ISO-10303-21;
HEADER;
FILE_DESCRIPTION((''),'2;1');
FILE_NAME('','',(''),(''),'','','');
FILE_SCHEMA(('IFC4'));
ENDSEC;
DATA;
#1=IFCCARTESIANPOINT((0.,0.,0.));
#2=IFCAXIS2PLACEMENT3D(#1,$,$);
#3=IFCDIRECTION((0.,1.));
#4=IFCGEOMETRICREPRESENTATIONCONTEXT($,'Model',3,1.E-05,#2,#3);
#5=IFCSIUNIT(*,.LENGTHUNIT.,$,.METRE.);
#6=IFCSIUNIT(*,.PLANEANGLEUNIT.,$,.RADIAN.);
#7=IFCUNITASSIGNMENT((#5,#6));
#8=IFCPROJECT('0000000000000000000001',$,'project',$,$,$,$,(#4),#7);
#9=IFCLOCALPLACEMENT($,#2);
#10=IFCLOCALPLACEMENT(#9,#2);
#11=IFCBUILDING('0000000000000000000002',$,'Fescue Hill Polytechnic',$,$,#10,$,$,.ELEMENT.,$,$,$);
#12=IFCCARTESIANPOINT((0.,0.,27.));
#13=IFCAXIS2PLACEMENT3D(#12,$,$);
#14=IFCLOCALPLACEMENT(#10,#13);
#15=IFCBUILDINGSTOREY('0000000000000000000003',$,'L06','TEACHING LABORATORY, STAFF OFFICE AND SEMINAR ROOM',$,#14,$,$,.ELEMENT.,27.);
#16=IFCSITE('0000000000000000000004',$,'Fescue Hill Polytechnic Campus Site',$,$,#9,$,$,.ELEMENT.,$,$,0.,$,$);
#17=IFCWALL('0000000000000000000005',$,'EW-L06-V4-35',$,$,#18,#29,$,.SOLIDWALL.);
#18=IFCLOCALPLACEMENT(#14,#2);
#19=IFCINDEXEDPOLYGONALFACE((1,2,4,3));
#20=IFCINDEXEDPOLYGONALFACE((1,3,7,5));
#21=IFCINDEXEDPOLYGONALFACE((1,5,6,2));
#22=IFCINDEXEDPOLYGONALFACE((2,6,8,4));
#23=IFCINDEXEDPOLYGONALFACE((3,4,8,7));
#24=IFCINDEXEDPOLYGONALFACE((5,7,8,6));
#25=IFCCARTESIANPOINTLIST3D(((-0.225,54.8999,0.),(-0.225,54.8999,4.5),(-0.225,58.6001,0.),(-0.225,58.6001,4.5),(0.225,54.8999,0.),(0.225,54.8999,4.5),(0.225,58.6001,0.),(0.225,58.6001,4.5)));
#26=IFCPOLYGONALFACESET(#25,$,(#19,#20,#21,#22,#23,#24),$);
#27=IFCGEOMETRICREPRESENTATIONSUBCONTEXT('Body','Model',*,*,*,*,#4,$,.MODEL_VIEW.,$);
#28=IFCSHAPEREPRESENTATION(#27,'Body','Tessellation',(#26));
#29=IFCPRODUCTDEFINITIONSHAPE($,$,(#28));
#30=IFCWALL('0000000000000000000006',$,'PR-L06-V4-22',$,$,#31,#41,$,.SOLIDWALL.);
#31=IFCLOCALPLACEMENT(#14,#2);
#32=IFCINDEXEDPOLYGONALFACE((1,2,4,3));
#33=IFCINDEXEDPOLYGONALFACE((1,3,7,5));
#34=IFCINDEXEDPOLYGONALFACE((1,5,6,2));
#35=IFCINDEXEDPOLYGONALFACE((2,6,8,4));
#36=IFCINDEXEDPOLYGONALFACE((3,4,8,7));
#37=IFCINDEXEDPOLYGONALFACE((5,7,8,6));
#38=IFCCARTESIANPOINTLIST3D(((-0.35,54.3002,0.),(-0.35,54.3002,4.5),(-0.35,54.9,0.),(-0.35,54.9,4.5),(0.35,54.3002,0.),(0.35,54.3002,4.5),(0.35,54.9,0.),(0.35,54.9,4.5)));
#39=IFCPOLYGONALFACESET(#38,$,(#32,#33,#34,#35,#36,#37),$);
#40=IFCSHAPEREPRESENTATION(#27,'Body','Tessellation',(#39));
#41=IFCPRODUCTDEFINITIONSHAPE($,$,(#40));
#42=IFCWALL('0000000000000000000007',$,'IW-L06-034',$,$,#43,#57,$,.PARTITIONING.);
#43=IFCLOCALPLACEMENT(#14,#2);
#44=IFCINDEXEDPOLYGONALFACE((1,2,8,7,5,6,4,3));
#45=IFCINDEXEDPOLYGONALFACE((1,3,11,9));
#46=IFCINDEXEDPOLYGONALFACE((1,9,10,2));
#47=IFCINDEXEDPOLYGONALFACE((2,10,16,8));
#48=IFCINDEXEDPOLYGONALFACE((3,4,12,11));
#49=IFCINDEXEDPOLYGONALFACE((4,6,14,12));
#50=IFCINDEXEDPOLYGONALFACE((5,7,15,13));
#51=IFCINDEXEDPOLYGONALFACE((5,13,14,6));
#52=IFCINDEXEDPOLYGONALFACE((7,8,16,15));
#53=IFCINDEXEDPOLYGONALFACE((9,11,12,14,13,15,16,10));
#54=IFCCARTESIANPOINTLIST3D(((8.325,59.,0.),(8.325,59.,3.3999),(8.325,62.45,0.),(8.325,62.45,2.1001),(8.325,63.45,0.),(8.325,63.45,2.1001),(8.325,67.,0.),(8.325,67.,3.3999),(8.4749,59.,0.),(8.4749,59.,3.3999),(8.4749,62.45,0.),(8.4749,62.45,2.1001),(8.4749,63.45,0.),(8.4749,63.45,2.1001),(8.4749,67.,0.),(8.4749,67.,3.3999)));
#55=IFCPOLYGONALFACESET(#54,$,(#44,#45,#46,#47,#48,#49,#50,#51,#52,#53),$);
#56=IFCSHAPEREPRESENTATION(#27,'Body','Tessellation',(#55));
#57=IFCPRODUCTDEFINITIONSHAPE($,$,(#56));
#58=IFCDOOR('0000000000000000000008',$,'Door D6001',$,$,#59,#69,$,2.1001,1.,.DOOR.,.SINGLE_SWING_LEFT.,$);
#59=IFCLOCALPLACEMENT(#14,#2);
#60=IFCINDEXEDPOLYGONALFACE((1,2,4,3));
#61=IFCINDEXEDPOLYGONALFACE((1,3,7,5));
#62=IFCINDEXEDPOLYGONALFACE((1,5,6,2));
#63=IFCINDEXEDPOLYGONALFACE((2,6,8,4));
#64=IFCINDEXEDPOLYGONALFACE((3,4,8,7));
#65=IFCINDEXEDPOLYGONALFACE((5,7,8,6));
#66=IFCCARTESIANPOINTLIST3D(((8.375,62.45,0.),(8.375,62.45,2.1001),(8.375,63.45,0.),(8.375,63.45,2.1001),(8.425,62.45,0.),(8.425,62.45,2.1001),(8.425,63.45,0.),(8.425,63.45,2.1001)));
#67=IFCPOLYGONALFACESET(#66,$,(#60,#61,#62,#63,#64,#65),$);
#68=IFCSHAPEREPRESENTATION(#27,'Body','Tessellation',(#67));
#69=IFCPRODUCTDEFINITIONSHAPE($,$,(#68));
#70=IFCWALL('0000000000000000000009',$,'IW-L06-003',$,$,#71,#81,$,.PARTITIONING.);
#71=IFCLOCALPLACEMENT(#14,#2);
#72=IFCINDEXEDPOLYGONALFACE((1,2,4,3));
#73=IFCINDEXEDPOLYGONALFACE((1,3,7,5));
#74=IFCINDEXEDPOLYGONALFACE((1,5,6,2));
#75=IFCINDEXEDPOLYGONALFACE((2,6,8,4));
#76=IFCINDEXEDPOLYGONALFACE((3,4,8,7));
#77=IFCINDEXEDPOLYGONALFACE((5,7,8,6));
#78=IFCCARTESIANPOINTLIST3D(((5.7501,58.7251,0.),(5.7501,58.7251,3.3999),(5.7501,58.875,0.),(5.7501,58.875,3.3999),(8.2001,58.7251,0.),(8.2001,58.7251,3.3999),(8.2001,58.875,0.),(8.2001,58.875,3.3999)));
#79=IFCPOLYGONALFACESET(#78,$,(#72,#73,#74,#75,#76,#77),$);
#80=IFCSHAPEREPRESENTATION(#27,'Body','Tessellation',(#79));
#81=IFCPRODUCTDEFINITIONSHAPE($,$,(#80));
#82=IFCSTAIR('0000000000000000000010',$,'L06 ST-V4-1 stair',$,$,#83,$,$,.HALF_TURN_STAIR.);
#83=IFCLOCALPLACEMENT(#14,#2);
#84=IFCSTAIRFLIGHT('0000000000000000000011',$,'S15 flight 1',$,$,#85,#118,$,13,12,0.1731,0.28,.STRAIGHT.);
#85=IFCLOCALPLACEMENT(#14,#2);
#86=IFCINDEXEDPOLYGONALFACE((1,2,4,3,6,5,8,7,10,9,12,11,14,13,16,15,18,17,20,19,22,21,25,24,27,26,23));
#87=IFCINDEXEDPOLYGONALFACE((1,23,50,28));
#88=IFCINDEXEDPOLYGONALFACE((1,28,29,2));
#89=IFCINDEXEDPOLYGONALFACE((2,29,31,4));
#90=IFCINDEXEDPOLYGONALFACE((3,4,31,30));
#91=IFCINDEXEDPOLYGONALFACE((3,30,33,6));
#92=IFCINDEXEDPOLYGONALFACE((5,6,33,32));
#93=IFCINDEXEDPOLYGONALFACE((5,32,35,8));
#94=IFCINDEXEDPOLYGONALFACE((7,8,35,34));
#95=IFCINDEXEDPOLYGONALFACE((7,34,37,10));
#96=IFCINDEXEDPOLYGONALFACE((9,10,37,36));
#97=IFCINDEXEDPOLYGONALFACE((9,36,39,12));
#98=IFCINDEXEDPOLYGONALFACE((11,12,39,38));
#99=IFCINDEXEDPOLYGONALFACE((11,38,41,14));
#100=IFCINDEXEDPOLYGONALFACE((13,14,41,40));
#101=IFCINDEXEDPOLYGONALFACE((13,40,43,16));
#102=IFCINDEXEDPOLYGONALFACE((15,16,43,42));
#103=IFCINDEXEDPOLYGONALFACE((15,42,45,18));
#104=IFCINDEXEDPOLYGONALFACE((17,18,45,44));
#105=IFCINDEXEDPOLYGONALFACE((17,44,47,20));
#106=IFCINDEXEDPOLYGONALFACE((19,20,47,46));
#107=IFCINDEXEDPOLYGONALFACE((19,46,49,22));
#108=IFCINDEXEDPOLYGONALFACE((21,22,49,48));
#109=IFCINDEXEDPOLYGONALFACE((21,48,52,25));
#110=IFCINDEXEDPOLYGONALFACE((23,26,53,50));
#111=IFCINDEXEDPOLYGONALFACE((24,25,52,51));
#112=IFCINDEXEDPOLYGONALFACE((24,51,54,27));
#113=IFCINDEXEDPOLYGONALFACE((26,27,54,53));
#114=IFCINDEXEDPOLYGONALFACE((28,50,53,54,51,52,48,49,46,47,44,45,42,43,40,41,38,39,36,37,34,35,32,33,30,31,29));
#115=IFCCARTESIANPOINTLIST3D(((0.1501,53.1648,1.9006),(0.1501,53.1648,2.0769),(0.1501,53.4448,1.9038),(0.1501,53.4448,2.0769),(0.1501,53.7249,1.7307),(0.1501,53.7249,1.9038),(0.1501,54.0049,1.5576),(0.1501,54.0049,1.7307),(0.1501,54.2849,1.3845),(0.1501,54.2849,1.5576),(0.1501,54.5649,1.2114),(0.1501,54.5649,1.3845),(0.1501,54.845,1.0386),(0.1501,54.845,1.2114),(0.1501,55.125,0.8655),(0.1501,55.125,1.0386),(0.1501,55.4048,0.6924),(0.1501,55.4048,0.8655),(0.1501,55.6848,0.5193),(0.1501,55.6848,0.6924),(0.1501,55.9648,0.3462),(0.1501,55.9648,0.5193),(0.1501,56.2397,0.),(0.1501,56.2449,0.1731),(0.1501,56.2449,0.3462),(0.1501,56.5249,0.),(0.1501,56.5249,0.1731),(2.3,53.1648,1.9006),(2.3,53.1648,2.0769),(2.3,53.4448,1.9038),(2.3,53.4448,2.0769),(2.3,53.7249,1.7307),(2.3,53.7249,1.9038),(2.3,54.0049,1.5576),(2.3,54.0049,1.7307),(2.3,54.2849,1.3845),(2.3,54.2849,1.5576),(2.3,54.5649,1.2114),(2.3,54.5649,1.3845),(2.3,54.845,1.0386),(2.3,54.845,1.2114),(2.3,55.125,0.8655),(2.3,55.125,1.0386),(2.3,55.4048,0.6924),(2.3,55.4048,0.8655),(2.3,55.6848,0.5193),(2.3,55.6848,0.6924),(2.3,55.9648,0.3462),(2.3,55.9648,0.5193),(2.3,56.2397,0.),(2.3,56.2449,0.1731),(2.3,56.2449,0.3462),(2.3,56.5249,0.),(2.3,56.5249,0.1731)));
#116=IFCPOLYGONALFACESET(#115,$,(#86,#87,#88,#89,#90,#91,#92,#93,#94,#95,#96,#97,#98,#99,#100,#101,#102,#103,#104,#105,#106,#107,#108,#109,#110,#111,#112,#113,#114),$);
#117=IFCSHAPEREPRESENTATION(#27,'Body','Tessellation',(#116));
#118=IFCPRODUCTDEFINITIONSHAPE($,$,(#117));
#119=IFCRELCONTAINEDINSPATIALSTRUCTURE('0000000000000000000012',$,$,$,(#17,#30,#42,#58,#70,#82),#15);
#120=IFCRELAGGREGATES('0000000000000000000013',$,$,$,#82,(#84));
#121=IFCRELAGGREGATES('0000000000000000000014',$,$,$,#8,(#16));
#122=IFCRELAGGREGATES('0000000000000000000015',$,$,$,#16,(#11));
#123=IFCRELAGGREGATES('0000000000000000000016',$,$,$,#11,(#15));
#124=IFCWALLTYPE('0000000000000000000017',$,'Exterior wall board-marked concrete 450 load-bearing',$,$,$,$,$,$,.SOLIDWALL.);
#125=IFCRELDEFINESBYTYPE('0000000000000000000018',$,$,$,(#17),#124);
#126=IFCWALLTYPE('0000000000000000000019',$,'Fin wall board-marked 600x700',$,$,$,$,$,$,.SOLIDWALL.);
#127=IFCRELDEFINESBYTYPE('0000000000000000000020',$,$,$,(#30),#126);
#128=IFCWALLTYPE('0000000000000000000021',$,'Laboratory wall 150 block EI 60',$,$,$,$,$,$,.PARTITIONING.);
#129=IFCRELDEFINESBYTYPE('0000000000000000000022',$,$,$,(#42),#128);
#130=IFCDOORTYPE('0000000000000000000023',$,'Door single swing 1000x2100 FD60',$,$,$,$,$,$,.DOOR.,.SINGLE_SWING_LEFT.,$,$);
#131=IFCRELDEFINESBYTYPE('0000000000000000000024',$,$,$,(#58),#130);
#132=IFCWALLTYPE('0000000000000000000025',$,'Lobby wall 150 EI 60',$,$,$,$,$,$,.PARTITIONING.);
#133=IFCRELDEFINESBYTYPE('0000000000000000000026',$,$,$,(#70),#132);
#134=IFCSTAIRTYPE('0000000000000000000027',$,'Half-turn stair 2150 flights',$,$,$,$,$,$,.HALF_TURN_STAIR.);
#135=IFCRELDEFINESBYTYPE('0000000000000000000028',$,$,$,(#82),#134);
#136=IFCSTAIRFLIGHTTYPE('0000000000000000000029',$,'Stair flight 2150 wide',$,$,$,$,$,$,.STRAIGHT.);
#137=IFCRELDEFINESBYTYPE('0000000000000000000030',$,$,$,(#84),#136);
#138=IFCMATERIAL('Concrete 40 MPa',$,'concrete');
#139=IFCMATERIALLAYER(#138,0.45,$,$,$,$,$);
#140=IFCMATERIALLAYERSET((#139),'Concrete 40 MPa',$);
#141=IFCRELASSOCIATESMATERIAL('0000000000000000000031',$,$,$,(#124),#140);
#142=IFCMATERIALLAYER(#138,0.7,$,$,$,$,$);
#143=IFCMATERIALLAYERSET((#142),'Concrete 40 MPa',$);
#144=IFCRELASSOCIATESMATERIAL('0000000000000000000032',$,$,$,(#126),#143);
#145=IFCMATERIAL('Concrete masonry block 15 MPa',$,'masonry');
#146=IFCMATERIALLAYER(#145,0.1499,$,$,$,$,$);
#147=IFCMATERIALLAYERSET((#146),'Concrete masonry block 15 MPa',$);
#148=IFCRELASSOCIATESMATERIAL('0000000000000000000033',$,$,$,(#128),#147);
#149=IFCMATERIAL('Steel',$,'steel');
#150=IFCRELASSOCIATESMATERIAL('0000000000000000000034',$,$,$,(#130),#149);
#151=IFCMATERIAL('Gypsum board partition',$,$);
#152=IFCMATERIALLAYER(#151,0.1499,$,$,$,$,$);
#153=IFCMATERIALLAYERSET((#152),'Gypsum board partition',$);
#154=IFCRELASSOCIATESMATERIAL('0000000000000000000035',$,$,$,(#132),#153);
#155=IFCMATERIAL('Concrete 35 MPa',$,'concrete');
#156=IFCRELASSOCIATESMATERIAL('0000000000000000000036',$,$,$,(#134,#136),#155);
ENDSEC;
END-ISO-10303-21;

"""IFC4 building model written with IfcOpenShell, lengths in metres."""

from ifc_helpers import new_model, si_unit, direction, frame, frame_2d, origin, place, context, subcontext, project, spatial, polyline, rectangle, outline, extrude, material, layer, layer_set, type_object, element, fill, aggregate, save


model = new_model("IFC4")

# Units and contexts
model_context = context("Model", 3, precision=1e-05, world=origin(), true_north=direction((0.0, 1.0)))
body_context = subcontext(model_context, "Body", "Model", "MODEL_VIEW")
ifc_project = project(units=[si_unit("LENGTHUNIT", "METRE"), si_unit("PLANEANGLEUNIT", "RADIAN")], contexts=[model_context])

# Site, building, storey
site_placement = place(None, origin())
site = spatial("IfcSite", under=ifc_project, at=site_placement, Name="Fescue Hill Polytechnic Campus Site", CompositionType="ELEMENT", RefElevation=0.0)
building_placement = place(site_placement, origin())
building = spatial("IfcBuilding", under=site, at=building_placement, Name="Fescue Hill Polytechnic", CompositionType="ELEMENT")
storey_placement = place(building_placement, frame((0.0, 0.0, 27.0)))
storey = spatial("IfcBuildingStorey", under=building, at=storey_placement, Name="L06", Description="TEACHING LABORATORY, STAFF OFFICE AND SEMINAR ROOM", CompositionType="ELEMENT", Elevation=27.0)

# Shared definitions
ifc_material_1 = material(Name="Concrete 40 MPa", Category="concrete")

# Shared definitions
ifc_material_2 = material(Name="Concrete 35 MPa", Category="concrete")

# Walls
ifc_layer_1 = layer(ifc_material_1, 0.45)
ifc_layer_set_1 = layer_set([ifc_layer_1], Name="Concrete 40 MPa")
wall_type_1 = type_object("IfcWallType", Name="Exterior wall board-marked concrete 450 load-bearing", PredefinedType="SOLIDWALL", material=ifc_layer_set_1)
wall_1_placement = place(storey_placement, frame((0.0, 58.6001, 0.0), z_axis=(0.0, 0.0, 1.0), x_axis=(0.0, -1.0, 0.0)))
element("IfcWall", 1, at=wall_1_placement, inside=storey, type_object=wall_type_1, Name="EW-L06-V4-35", PredefinedType="SOLIDWALL", context=body_context, shape_type="SweptSolid", body=[
    extrude(rectangle(XDim=3.7002, YDim=0.45, at=frame_2d((1.8501, 0.0))), origin(), (0.0, 0.0, 1.0), 4.5),
])
ifc_layer_2 = layer(ifc_material_1, 0.7)
ifc_layer_set_2 = layer_set([ifc_layer_2], Name="Concrete 40 MPa")
wall_type_2 = type_object("IfcWallType", Name="Fin wall board-marked 600x700", PredefinedType="SOLIDWALL", material=ifc_layer_set_2)
wall_2_placement = place(storey_placement, frame((0.0, 54.8999, 0.0), z_axis=(0.0, 0.0, 1.0), x_axis=(0.0, -1.0, 0.0)))
element("IfcWall", 2, at=wall_2_placement, inside=storey, type_object=wall_type_2, Name="PR-L06-V4-22", PredefinedType="SOLIDWALL", context=body_context, shape_type="SweptSolid", body=[
    extrude(rectangle(XDim=0.5999, YDim=0.7, at=frame_2d((0.2998, 0.0))), origin(), (0.0, 0.0, 1.0), 4.5),
])

# Wall, opening, door
ifc_material_3 = material(Name="Concrete masonry block 15 MPa", Category="masonry")
ifc_layer_3 = layer(ifc_material_3, 0.1499)
ifc_layer_set_3 = layer_set([ifc_layer_3], Name="Concrete masonry block 15 MPa")
wall_type_3 = type_object("IfcWallType", Name="Laboratory wall 150 block EI 60", PredefinedType="PARTITIONING", material=ifc_layer_set_3)
wall_3_placement = place(storey_placement, frame((8.3999, 59.0, 0.0), z_axis=(0.0, 0.0, 1.0), x_axis=(0.0, 1.0, 0.0)))
wall_3 = element("IfcWall", 3, at=wall_3_placement, inside=storey, type_object=wall_type_3, Name="IW-L06-034", PredefinedType="PARTITIONING", context=body_context, shape_type="SweptSolid", body=[
    extrude(rectangle(XDim=8.0, YDim=0.1499, at=frame_2d((4.0, 0.0))), origin(), (0.0, 0.0, 1.0), 3.3999),
])
opening_1_placement = place(wall_3_placement, frame((3.45, 0.0, 0.0)))
opening_1 = element("IfcOpeningElement", 4, at=opening_1_placement, cuts=wall_3, PredefinedType="OPENING", context=body_context, shape_type="SweptSolid", body=[
    extrude(rectangle(XDim=1.0, YDim=2.1001, at=frame_2d((0.5, 1.05))), frame((0.0, 0.085, 0.0), z_axis=(0.0, -1.0, 0.0), x_axis=(1.0, 0.0, 0.0)), (0.0, 0.0, 1.0), 0.1699),
])
ifc_material_4 = material(Name="Steel", Category="steel")
door_type_1 = type_object("IfcDoorType", Name="Door single swing 1000x2100 FD60", OperationType="SINGLE_SWING_LEFT", PredefinedType="DOOR", material=ifc_material_4)
door_1_placement = place(opening_1_placement, origin())
door_1 = element("IfcDoor", 5, at=door_1_placement, inside=storey, type_object=door_type_1, Name="Door D6001", OperationType="SINGLE_SWING_LEFT", OverallHeight=2.1001, OverallWidth=1.0, PredefinedType="DOOR", context=body_context, shape_type="SweptSolid", body=[
    extrude(rectangle(XDim=1.0, YDim=2.1001, at=frame_2d((0.5, 1.05))), frame((0.0, 0.0249, 0.0), z_axis=(0.0, -1.0, 0.0), x_axis=(1.0, 0.0, 0.0)), (0.0, 0.0, 1.0), 0.05),
])
fill(opening_1, door_1)

# Wall
ifc_material_5 = material(Name="Gypsum board partition")
ifc_layer_4 = layer(ifc_material_5, 0.1499)
ifc_layer_set_4 = layer_set([ifc_layer_4], Name="Gypsum board partition")
wall_type_4 = type_object("IfcWallType", Name="Lobby wall 150 EI 60", PredefinedType="PARTITIONING", material=ifc_layer_set_4)
wall_4_placement = place(storey_placement, frame((5.75, 58.8, 0.0), z_axis=(0.0, 0.0, 1.0), x_axis=(1.0, 0.0, 0.0)))
element("IfcWall", 6, at=wall_4_placement, inside=storey, type_object=wall_type_4, Name="IW-L06-003", PredefinedType="PARTITIONING", context=body_context, shape_type="SweptSolid", body=[
    extrude(rectangle(XDim=2.45, YDim=0.1499, at=frame_2d((1.2251, 0.0))), origin(), (0.0, 0.0, 1.0), 3.3999),
])

# Stair, stair flight
stair_type = type_object("IfcStairType", Name="Half-turn stair 2150 flights", PredefinedType="HALF_TURN_STAIR", material=ifc_material_2)
stair_placement = place(storey_placement, origin())
stair = element("IfcStair", 7, at=stair_placement, inside=storey, type_object=stair_type, Name="L06 ST-V4-1 stair", PredefinedType="HALF_TURN_STAIR")
stair_flight_type = type_object("IfcStairFlightType", Name="Stair flight 2150 wide", PredefinedType="STRAIGHT", material=ifc_material_2)
stair_flight_placement = place(storey_placement, frame((1.2251, 56.5249, 0.0), z_axis=(0.0, 0.0, 1.0), x_axis=(0.0, -1.0, 0.0)))
stair_flight = element("IfcStairFlight", 8, at=stair_flight_placement, type_object=stair_flight_type, Name="S15 flight 1", NumberOfRisers=13, NumberOfTreads=12, PredefinedType="STRAIGHT", RiserHeight=0.1731, TreadLength=0.28, context=body_context, shape_type="SweptSolid", body=[
    extrude(outline(polyline([(0.0, 0.0), (0.0, 0.1731), (0.28, 0.1731), (0.28, 0.3462), (0.5601, 0.3462), (0.5601, 0.5193), (0.8401, 0.5193), (0.8401, 0.6924), (1.1201, 0.6924), (1.1201, 0.8655), (1.3999, 0.8655), (1.3999, 1.0386), (1.6799, 1.0386), (1.6799, 1.2114), (1.96, 1.2114), (1.96, 1.3845), (2.24, 1.3845), (2.24, 1.5576), (2.52, 1.5576), (2.52, 1.7307), (2.8, 1.7307), (2.8, 1.9038), (3.0801, 1.9038), (3.0801, 2.0769), (3.3601, 2.0769), (3.3601, 2.25), (3.3601, 1.9006), (0.2852, 0.0), (0.0, 0.0)])), frame((0.0, 1.075, 0.0), z_axis=(0.0, -1.0, 0.0), x_axis=(1.0, 0.0, 0.0)), (0.0, 0.0, 1.0), 2.1499),
])
aggregate(stair, [stair_flight])

save(model, "model.ifc")
